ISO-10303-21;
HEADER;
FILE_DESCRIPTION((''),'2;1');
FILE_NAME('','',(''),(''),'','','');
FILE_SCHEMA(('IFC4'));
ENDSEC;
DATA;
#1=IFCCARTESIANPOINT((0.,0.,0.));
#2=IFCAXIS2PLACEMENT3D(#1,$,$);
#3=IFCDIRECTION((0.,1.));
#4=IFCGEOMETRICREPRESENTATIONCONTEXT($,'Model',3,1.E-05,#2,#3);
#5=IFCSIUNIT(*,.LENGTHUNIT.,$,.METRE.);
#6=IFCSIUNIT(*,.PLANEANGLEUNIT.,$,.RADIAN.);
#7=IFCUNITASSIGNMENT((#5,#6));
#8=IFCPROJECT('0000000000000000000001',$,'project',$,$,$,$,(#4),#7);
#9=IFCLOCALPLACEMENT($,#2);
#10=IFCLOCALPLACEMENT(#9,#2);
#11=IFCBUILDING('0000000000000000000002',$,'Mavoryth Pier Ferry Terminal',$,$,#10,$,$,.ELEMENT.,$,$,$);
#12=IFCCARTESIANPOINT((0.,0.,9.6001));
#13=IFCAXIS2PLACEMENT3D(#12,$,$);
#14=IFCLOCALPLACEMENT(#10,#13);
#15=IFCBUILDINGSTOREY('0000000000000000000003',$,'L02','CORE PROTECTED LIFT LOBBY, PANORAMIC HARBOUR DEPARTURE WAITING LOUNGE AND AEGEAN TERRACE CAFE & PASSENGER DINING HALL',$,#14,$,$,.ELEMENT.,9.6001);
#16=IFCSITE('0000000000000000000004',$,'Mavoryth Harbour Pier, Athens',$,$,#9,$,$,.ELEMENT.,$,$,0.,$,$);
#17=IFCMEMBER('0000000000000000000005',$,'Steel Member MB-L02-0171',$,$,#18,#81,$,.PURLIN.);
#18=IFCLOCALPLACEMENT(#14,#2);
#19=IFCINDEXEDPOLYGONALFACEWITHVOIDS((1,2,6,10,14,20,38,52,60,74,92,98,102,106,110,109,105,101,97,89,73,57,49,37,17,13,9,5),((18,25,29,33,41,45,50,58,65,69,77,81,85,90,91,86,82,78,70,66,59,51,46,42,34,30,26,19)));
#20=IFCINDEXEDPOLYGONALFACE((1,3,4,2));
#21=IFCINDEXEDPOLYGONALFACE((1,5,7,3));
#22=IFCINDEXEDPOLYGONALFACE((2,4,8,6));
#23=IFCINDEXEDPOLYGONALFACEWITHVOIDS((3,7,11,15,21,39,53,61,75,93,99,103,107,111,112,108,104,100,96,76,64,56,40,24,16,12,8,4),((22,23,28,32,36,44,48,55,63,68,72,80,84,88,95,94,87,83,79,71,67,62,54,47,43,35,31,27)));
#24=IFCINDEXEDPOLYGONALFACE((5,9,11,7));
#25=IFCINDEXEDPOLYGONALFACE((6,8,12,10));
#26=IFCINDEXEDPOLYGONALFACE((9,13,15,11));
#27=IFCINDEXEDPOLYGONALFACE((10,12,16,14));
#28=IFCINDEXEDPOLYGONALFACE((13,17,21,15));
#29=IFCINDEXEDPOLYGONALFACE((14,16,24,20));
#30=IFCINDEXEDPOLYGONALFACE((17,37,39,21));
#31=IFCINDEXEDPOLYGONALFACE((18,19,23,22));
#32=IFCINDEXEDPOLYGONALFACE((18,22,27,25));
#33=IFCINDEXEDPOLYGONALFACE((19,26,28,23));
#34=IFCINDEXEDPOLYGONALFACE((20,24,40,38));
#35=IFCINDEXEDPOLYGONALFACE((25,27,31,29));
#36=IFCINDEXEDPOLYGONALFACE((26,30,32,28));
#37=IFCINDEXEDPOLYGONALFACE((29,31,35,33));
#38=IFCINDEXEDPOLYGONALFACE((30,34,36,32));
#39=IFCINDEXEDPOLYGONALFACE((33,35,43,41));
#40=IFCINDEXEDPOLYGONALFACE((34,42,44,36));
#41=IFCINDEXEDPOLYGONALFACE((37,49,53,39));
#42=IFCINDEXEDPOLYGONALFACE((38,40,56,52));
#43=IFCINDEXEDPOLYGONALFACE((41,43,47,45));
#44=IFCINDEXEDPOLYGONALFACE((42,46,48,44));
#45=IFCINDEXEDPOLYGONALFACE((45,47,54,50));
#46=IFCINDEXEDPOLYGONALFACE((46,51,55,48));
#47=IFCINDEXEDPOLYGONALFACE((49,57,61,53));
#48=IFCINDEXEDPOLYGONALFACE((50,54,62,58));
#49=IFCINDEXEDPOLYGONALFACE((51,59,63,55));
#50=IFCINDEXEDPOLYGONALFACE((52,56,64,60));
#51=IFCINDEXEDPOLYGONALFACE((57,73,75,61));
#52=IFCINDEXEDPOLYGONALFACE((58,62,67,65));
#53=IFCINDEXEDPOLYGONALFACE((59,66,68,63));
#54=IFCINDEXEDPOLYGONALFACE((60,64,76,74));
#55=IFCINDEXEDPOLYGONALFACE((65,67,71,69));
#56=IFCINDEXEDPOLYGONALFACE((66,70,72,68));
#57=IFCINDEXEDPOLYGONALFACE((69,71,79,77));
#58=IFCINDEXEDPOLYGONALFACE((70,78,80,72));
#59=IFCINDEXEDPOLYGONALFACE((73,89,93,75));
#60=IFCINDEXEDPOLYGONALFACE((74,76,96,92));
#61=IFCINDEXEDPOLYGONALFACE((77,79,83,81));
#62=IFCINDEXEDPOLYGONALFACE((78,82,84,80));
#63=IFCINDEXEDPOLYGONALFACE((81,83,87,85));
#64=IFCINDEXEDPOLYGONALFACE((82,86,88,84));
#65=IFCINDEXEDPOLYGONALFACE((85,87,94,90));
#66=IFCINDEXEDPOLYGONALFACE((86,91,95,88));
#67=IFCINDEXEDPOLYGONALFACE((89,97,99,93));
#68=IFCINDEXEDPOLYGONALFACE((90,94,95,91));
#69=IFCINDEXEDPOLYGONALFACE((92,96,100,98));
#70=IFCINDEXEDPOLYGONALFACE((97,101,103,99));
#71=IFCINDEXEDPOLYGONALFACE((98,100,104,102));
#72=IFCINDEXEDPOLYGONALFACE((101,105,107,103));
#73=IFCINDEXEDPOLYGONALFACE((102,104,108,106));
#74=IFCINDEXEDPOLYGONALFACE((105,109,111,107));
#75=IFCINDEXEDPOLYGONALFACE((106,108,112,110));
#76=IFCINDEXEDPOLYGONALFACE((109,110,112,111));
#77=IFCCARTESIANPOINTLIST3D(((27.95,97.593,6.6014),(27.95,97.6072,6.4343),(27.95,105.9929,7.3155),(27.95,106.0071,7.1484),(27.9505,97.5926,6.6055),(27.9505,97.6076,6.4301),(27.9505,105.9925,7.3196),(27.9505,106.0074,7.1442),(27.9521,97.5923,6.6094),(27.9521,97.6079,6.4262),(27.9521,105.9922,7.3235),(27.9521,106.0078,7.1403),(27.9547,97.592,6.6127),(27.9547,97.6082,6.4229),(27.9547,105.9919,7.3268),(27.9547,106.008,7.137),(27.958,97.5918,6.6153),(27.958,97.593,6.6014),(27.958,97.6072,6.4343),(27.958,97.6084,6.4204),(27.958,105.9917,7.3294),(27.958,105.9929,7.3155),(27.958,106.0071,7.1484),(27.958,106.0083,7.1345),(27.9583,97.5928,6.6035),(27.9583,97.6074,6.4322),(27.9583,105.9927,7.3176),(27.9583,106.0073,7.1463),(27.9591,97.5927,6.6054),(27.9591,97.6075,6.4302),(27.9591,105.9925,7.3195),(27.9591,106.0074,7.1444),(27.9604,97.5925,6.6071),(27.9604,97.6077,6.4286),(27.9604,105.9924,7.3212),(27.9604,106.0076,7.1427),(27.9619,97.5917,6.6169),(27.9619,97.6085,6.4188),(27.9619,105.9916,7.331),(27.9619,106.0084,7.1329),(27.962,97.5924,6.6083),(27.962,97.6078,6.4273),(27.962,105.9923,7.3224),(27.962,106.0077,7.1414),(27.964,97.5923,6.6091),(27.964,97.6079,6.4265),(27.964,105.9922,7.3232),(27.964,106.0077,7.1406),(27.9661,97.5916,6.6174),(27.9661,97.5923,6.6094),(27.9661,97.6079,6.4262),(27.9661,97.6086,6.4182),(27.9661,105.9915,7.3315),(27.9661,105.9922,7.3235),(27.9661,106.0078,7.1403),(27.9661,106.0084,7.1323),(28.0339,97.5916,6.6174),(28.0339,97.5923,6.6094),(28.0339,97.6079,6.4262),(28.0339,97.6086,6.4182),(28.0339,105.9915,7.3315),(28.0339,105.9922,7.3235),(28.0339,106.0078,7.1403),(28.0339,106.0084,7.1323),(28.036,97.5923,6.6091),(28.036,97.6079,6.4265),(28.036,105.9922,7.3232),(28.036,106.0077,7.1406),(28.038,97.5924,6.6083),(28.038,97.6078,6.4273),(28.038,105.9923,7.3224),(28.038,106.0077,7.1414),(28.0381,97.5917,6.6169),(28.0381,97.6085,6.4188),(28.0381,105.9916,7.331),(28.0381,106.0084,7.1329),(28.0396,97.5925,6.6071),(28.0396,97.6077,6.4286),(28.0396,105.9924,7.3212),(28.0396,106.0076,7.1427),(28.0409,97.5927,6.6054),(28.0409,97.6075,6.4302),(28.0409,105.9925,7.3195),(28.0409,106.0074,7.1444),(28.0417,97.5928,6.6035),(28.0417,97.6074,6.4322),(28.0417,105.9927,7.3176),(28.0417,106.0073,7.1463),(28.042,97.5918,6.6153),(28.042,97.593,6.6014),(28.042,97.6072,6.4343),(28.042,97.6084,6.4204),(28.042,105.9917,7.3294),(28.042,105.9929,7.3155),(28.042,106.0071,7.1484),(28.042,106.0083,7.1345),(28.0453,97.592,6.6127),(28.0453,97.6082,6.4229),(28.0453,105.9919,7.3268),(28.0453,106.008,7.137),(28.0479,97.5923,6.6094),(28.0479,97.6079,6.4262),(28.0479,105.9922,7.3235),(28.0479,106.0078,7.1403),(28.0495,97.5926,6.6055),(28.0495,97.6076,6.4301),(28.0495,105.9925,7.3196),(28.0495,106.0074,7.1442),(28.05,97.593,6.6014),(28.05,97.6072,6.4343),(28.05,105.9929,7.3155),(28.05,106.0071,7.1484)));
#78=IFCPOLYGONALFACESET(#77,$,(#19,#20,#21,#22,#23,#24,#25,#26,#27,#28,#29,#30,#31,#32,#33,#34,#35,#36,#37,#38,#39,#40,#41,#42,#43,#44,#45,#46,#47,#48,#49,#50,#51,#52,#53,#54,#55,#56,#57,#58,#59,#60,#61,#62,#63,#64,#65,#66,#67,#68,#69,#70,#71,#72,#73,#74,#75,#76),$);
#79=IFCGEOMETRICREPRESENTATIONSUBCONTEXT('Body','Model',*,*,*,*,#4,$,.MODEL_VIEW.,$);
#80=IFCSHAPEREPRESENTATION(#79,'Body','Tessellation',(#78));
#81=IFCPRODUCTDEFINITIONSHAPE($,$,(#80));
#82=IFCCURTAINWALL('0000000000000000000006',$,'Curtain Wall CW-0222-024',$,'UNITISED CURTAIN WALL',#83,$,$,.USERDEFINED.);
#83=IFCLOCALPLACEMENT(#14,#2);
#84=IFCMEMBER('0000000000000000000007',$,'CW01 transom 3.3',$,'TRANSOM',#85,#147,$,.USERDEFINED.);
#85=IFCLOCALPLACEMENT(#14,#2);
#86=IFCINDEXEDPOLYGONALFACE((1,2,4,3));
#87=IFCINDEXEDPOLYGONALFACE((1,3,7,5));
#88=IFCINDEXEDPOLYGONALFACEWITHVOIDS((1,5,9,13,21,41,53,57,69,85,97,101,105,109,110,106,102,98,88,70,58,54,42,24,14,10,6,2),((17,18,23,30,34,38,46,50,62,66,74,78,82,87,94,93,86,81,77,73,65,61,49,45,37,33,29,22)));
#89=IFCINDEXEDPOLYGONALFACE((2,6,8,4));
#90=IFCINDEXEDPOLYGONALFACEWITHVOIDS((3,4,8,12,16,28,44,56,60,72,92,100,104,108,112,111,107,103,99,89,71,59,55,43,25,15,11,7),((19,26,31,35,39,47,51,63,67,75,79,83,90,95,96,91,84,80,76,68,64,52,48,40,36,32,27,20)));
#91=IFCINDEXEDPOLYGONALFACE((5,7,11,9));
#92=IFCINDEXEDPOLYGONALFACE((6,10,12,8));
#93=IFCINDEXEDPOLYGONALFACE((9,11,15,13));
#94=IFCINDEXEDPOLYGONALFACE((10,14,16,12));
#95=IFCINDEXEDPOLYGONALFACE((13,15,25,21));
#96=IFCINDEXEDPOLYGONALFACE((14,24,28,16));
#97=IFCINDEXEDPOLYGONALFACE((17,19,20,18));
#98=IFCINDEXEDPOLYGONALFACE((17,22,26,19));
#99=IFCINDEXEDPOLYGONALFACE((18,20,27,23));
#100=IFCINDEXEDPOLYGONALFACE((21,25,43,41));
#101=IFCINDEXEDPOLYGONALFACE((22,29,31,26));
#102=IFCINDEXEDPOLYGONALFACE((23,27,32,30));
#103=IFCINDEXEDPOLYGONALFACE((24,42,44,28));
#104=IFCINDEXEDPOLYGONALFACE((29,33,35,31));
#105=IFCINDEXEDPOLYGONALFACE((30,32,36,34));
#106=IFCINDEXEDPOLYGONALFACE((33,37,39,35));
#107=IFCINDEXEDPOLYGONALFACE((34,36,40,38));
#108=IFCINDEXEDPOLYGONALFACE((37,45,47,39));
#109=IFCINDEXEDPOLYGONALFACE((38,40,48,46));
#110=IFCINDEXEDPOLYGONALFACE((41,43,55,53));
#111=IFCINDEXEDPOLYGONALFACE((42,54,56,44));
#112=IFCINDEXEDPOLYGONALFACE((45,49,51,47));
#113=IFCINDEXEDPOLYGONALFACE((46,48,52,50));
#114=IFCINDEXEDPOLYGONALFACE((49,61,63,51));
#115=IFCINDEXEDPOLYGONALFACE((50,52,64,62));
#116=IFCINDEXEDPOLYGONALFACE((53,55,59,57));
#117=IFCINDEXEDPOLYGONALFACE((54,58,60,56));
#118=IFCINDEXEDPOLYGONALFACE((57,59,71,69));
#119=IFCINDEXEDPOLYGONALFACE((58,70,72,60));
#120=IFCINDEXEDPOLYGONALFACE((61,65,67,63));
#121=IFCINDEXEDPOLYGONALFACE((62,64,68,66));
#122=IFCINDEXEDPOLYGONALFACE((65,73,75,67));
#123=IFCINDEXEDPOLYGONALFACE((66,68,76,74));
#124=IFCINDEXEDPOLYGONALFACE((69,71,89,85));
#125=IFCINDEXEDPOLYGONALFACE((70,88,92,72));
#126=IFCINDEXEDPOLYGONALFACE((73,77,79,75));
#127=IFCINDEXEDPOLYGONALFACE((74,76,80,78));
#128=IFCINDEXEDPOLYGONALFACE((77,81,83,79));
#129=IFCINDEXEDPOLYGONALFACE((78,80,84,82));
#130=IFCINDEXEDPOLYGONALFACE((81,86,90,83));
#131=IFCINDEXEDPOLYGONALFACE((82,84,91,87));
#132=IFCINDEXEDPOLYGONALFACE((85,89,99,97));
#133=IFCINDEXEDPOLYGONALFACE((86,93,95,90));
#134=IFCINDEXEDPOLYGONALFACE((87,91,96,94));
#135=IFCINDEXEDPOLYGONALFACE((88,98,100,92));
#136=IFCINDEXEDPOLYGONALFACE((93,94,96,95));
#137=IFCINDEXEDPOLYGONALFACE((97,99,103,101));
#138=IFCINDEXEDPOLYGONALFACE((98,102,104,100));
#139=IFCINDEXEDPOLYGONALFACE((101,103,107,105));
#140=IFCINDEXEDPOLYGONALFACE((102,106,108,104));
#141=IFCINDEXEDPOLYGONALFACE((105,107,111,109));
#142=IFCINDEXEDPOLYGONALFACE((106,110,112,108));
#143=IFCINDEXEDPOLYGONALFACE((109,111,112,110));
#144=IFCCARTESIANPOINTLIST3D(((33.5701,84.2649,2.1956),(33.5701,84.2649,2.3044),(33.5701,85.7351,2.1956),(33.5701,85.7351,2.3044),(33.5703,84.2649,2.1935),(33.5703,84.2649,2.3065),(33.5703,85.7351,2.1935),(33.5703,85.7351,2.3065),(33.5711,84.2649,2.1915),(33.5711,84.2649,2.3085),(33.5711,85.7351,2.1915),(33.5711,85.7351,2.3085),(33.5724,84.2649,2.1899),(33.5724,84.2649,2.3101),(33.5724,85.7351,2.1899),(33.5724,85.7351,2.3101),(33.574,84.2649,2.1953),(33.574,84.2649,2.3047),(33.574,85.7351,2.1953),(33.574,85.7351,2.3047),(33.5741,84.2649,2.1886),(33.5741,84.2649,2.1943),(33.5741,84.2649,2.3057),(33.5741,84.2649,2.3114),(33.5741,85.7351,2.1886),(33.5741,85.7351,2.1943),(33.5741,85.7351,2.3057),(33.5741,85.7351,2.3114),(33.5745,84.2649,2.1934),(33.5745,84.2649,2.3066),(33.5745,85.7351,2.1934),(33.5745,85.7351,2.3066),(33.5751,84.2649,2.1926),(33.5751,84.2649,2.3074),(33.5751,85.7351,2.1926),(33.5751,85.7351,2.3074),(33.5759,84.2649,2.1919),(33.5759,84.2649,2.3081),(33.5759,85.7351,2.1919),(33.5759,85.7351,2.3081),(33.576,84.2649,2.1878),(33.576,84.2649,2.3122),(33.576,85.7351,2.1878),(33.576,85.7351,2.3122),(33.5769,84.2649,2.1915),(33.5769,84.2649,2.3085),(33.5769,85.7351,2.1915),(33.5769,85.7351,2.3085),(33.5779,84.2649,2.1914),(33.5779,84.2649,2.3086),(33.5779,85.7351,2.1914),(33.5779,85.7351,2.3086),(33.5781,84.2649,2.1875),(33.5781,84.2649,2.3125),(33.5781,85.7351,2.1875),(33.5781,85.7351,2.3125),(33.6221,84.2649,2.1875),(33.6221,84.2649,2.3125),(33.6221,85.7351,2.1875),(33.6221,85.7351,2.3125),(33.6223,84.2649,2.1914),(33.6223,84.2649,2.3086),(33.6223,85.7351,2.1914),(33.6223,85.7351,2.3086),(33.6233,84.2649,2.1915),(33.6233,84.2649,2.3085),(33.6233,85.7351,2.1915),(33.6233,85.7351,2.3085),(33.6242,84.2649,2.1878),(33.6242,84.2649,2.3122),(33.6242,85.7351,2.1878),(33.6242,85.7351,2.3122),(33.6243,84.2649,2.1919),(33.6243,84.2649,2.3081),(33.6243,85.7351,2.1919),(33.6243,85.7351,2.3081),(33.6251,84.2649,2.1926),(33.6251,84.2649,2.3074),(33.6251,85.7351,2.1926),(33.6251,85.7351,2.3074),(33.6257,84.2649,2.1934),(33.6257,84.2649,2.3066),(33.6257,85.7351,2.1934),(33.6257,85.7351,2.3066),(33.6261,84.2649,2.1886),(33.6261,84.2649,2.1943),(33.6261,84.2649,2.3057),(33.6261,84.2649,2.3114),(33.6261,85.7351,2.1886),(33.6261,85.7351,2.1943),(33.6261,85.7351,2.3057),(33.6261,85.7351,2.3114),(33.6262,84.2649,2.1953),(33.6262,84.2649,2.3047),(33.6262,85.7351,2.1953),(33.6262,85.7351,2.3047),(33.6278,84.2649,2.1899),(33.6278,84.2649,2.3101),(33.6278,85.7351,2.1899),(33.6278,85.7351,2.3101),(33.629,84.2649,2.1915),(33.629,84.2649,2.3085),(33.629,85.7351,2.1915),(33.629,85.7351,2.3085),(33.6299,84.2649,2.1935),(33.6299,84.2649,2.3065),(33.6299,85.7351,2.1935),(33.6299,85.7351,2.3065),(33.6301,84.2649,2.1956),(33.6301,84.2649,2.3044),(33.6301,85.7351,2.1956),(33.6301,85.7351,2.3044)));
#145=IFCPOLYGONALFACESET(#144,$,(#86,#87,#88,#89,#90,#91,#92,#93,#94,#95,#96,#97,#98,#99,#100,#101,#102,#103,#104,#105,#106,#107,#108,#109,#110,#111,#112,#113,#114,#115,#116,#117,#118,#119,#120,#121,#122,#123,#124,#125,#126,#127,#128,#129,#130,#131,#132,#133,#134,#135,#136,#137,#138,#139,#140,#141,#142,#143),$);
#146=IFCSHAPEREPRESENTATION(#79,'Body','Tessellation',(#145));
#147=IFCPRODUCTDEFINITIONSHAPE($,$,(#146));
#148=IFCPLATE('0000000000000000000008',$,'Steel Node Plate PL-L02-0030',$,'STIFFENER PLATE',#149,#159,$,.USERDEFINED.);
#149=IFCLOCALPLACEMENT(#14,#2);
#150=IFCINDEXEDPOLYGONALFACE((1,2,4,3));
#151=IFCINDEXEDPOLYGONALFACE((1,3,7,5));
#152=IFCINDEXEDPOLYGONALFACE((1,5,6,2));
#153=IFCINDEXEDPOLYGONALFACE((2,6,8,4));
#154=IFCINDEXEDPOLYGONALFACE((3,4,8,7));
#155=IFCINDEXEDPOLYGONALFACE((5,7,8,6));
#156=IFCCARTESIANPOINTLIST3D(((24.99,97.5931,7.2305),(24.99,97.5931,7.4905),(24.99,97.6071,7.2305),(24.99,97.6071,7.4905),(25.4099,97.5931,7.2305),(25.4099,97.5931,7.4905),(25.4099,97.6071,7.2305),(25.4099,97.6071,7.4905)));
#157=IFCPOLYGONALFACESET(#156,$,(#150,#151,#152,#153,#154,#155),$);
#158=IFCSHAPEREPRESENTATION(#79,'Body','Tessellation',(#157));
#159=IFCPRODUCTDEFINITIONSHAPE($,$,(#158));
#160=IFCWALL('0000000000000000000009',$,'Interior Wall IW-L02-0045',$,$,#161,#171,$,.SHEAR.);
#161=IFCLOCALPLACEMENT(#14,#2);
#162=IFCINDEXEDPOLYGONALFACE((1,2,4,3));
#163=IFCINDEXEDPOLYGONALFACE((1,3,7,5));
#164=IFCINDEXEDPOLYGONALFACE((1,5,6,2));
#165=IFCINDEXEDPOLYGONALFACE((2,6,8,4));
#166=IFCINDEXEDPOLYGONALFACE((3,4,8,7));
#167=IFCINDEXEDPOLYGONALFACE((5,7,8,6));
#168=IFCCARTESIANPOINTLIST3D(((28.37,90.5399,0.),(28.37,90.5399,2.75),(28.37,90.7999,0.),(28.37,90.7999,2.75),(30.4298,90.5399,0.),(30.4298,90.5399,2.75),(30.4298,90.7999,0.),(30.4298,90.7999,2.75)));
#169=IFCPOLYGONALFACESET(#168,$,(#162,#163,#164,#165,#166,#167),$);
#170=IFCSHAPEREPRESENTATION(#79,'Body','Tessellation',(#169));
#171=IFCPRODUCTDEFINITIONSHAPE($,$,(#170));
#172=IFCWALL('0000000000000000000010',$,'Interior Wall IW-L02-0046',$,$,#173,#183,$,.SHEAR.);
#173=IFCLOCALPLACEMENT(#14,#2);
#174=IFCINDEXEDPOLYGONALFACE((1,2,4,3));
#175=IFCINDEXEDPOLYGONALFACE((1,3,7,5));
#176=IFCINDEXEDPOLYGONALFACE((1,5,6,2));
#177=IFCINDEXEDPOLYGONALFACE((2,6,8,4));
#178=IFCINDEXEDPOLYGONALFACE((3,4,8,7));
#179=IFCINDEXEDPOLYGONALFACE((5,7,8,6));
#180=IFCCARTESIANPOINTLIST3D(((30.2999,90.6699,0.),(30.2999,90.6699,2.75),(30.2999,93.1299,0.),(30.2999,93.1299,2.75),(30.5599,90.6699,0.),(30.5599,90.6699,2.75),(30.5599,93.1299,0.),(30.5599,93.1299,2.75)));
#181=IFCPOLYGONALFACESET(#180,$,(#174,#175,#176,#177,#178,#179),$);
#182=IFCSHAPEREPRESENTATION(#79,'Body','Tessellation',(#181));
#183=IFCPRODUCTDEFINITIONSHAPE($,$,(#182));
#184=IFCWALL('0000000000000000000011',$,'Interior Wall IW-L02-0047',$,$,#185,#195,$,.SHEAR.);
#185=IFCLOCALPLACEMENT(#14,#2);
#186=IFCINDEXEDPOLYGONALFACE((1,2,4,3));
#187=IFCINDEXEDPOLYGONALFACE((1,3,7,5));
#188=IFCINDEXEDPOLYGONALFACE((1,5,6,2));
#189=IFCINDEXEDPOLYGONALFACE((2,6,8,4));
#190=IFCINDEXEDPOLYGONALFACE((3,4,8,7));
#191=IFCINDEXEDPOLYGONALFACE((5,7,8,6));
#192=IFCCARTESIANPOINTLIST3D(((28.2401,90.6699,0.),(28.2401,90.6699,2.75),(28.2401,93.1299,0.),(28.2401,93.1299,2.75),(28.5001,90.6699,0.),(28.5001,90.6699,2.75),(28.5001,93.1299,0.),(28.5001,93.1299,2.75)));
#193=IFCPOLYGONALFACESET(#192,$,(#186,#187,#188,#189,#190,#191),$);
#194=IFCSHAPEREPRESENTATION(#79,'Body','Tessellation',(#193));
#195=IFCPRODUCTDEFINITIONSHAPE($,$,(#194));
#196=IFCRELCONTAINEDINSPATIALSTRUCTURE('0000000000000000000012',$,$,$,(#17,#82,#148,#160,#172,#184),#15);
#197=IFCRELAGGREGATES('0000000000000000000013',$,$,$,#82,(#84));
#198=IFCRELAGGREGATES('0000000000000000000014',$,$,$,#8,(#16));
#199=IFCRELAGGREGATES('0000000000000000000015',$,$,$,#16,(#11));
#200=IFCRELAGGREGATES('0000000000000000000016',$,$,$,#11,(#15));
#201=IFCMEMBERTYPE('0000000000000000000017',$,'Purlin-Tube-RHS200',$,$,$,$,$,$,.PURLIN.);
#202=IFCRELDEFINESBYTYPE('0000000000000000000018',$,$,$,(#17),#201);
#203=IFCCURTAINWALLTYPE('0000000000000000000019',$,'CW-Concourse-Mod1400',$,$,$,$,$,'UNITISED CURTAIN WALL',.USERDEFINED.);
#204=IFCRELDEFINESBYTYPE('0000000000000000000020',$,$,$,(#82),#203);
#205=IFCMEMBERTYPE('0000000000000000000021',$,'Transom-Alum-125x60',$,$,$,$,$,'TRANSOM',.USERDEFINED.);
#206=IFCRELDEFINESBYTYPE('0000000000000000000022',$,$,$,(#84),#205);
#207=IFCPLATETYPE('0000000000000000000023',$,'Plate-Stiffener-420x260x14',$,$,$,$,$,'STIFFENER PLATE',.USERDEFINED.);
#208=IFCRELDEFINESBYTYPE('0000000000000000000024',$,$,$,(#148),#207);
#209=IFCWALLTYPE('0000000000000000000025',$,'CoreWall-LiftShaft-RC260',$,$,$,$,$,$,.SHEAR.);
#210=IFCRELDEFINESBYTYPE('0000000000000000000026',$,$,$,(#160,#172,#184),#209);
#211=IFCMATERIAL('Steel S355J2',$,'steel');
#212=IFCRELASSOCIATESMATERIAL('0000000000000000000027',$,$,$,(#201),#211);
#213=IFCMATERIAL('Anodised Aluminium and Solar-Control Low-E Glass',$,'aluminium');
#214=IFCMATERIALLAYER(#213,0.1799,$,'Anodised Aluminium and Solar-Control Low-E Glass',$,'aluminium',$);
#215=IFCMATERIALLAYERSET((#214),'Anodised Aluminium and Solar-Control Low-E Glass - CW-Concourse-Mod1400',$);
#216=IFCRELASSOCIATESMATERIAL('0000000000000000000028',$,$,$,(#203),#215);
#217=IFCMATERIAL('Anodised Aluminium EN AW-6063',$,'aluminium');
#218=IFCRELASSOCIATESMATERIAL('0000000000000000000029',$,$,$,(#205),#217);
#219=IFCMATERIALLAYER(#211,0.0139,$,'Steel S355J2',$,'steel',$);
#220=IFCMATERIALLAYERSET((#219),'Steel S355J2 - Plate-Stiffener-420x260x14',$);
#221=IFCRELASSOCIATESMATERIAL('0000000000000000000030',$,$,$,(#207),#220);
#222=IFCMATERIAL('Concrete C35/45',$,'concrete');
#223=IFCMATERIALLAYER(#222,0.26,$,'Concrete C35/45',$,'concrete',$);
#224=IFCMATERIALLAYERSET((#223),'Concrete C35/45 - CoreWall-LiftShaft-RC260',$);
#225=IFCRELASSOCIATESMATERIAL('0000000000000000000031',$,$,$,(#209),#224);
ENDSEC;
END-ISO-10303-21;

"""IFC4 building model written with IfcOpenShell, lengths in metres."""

from ifc_helpers import new_model, si_unit, direction, frame, frame_2d, origin, origin_2d, place, context, subcontext, project, spatial, rectangle, hollow_rectangle, extrude, material, layer, layer_set, material_profile, profile_set, type_object, element, aggregate, save


model = new_model("IFC4")

# Units and contexts
model_context = context("Model", 3, precision=1e-05, world=origin(), true_north=direction((0.0, 1.0)))
body_context = subcontext(model_context, "Body", "Model", "MODEL_VIEW")
ifc_project = project(units=[si_unit("LENGTHUNIT", "METRE"), si_unit("PLANEANGLEUNIT", "RADIAN")], contexts=[model_context])

# Site, building, storey
site_placement = place(None, origin())
site = spatial("IfcSite", under=ifc_project, at=site_placement, Name="Mavoryth Harbour Pier, Athens", CompositionType="ELEMENT", RefElevation=0.0)
building_placement = place(site_placement, origin())
building = spatial("IfcBuilding", under=site, at=building_placement, Name="Mavoryth Pier Ferry Terminal", CompositionType="ELEMENT")
storey_placement = place(building_placement, frame((0.0, 0.0, 9.6001)))
storey = spatial("IfcBuildingStorey", under=building, at=storey_placement, Name="L02", Description="CORE PROTECTED LIFT LOBBY, PANORAMIC HARBOUR DEPARTURE WAITING LOUNGE AND AEGEAN TERRACE CAFE & PASSENGER DINING HALL", CompositionType="ELEMENT", Elevation=9.6001)

# Shared definitions
ifc_material_1 = material(Name="Steel S355J2", Category="steel")

# Member
ifc_material_profile_1 = material_profile(ifc_material_1, hollow_rectangle(XDim=0.1001, YDim=0.2, WallThickness=0.0081, InnerFilletRadius=0.0081, OuterFilletRadius=0.0161, at=origin_2d()), Name="RHS 200x100x8.0", Category="steel")
ifc_profile_set_1 = profile_set([ifc_material_profile_1], Name="Steel S355J2 - RHS 200x100x8.0")
member_type_1 = type_object("IfcMemberType", Name="Purlin-Tube-RHS200", PredefinedType="PURLIN", material=ifc_profile_set_1)
member_1_placement = place(storey_placement, frame((28.0, 97.6001, 6.5178), z_axis=(0.0, 0.996406, 0.084709), x_axis=(-1.0, 0.0, 0.0)))
element("IfcMember", 1, at=member_1_placement, inside=storey, type_object=member_type_1, Name="Steel Member MB-L02-0171", PredefinedType="PURLIN", context=body_context, shape_type="SweptSolid", body=[
    extrude(hollow_rectangle(XDim=0.1001, YDim=0.2, WallThickness=0.0081, InnerFilletRadius=0.0081, OuterFilletRadius=0.0161, at=origin_2d()), origin(), (0.0, 0.0, 1.0), 8.4302),
])

# Curtain wall, member
ifc_material_2 = material(Name="Anodised Aluminium and Solar-Control Low-E Glass", Category="aluminium")
ifc_layer_1 = layer(ifc_material_2, 0.1799, Name="Anodised Aluminium and Solar-Control Low-E Glass", Category="aluminium")
ifc_layer_set_1 = layer_set([ifc_layer_1], Name="Anodised Aluminium and Solar-Control Low-E Glass - CW-Concourse-Mod1400")
curtain_wall_type = type_object("IfcCurtainWallType", Name="CW-Concourse-Mod1400", ElementType="UNITISED CURTAIN WALL", PredefinedType="USERDEFINED", material=ifc_layer_set_1)
curtain_wall_placement = place(storey_placement, origin())
curtain_wall = element("IfcCurtainWall", 2, at=curtain_wall_placement, inside=storey, type_object=curtain_wall_type, Name="Curtain Wall CW-0222-024", ObjectType="UNITISED CURTAIN WALL", PredefinedType="USERDEFINED")
ifc_material_3 = material(Name="Anodised Aluminium EN AW-6063", Category="aluminium")
ifc_material_profile_2 = material_profile(ifc_material_3, hollow_rectangle(XDim=0.0601, YDim=0.125, WallThickness=0.0039, InnerFilletRadius=0.0039, OuterFilletRadius=0.0081, at=origin_2d()), Name="AL-TRAN 125x60x4", Category="aluminium")
ifc_profile_set_2 = profile_set([ifc_material_profile_2], Name="Anodised Aluminium EN AW-6063 - AL-TRAN 125x60x4")
member_type_2 = type_object("IfcMemberType", Name="Transom-Alum-125x60", ElementType="TRANSOM", PredefinedType="USERDEFINED", material=ifc_profile_set_2)
member_2_placement = place(storey_placement, frame((33.6001, 84.2649, 2.25), z_axis=(0.0, 1.0, 0.0), x_axis=(-1.0, 0.0, 0.0)))
member_2 = element("IfcMember", 3, at=member_2_placement, type_object=member_type_2, Name="CW01 transom 3.3", ObjectType="TRANSOM", PredefinedType="USERDEFINED", context=body_context, shape_type="SweptSolid", body=[
    extrude(hollow_rectangle(XDim=0.0601, YDim=0.125, WallThickness=0.0039, InnerFilletRadius=0.0039, OuterFilletRadius=0.0081, at=origin_2d()), origin(), (0.0, 0.0, 1.0), 1.4702),
])
aggregate(curtain_wall, [member_2])

# Plate
ifc_layer_2 = layer(ifc_material_1, 0.0139, Name="Steel S355J2", Category="steel")
ifc_layer_set_2 = layer_set([ifc_layer_2], Name="Steel S355J2 - Plate-Stiffener-420x260x14")
plate_type = type_object("IfcPlateType", Name="Plate-Stiffener-420x260x14", ElementType="STIFFENER PLATE", PredefinedType="USERDEFINED", material=ifc_layer_set_2)
plate_placement = place(storey_placement, frame((25.2, 97.6001, 7.2305), z_axis=(0.0, 0.0, 1.0), x_axis=(1.0, 0.0, 0.0)))
element("IfcPlate", 4, at=plate_placement, inside=storey, type_object=plate_type, Name="Steel Node Plate PL-L02-0030", ObjectType="STIFFENER PLATE", PredefinedType="USERDEFINED", context=body_context, shape_type="SweptSolid", body=[
    extrude(rectangle(XDim=0.4199, YDim=0.0139, at=origin_2d()), origin(), (0.0, 0.0, 1.0), 0.26),
])

# Walls
ifc_material_4 = material(Name="Concrete C35/45", Category="concrete")
ifc_layer_3 = layer(ifc_material_4, 0.26, Name="Concrete C35/45", Category="concrete")
ifc_layer_set_3 = layer_set([ifc_layer_3], Name="Concrete C35/45 - CoreWall-LiftShaft-RC260")
wall_type_1 = type_object("IfcWallType", Name="CoreWall-LiftShaft-RC260", PredefinedType="SHEAR", material=ifc_layer_set_3)
wall_1_placement = place(storey_placement, frame((28.3701, 90.6699, 0.0), z_axis=(0.0, 0.0, 1.0), x_axis=(1.0, 0.0, 0.0)))
element("IfcWall", 5, at=wall_1_placement, inside=storey, type_object=wall_type_1, Name="Interior Wall IW-L02-0045", PredefinedType="SHEAR", context=body_context, shape_type="SweptSolid", body=[
    extrude(rectangle(XDim=2.0598, YDim=0.26, at=frame_2d((1.0298, 0.0))), origin(), (0.0, 0.0, 1.0), 2.75),
])
for number, where, z_axis, x_axis, name in (
    (6, (30.4299, 90.6699, 0.0), (0.0, 0.0, 1.0), (0.0, 1.0, 0.0), "Interior Wall IW-L02-0046"),
    (7, (28.3701, 93.1299, 0.0), (0.0, 0.0, 1.0), (0.0, -1.0, 0.0), "Interior Wall IW-L02-0047"),
):
    element("IfcWall", number, at=place(storey_placement, frame(where, z_axis=z_axis, x_axis=x_axis)), inside=storey, type_object=wall_type_1, Name=name, PredefinedType="SHEAR", context=body_context, shape_type="SweptSolid", body=[
        extrude(rectangle(XDim=2.46, YDim=0.26, at=frame_2d((1.23, 0.0))), origin(), (0.0, 0.0, 1.0), 2.75),
    ])

save(model, "model.ifc")
